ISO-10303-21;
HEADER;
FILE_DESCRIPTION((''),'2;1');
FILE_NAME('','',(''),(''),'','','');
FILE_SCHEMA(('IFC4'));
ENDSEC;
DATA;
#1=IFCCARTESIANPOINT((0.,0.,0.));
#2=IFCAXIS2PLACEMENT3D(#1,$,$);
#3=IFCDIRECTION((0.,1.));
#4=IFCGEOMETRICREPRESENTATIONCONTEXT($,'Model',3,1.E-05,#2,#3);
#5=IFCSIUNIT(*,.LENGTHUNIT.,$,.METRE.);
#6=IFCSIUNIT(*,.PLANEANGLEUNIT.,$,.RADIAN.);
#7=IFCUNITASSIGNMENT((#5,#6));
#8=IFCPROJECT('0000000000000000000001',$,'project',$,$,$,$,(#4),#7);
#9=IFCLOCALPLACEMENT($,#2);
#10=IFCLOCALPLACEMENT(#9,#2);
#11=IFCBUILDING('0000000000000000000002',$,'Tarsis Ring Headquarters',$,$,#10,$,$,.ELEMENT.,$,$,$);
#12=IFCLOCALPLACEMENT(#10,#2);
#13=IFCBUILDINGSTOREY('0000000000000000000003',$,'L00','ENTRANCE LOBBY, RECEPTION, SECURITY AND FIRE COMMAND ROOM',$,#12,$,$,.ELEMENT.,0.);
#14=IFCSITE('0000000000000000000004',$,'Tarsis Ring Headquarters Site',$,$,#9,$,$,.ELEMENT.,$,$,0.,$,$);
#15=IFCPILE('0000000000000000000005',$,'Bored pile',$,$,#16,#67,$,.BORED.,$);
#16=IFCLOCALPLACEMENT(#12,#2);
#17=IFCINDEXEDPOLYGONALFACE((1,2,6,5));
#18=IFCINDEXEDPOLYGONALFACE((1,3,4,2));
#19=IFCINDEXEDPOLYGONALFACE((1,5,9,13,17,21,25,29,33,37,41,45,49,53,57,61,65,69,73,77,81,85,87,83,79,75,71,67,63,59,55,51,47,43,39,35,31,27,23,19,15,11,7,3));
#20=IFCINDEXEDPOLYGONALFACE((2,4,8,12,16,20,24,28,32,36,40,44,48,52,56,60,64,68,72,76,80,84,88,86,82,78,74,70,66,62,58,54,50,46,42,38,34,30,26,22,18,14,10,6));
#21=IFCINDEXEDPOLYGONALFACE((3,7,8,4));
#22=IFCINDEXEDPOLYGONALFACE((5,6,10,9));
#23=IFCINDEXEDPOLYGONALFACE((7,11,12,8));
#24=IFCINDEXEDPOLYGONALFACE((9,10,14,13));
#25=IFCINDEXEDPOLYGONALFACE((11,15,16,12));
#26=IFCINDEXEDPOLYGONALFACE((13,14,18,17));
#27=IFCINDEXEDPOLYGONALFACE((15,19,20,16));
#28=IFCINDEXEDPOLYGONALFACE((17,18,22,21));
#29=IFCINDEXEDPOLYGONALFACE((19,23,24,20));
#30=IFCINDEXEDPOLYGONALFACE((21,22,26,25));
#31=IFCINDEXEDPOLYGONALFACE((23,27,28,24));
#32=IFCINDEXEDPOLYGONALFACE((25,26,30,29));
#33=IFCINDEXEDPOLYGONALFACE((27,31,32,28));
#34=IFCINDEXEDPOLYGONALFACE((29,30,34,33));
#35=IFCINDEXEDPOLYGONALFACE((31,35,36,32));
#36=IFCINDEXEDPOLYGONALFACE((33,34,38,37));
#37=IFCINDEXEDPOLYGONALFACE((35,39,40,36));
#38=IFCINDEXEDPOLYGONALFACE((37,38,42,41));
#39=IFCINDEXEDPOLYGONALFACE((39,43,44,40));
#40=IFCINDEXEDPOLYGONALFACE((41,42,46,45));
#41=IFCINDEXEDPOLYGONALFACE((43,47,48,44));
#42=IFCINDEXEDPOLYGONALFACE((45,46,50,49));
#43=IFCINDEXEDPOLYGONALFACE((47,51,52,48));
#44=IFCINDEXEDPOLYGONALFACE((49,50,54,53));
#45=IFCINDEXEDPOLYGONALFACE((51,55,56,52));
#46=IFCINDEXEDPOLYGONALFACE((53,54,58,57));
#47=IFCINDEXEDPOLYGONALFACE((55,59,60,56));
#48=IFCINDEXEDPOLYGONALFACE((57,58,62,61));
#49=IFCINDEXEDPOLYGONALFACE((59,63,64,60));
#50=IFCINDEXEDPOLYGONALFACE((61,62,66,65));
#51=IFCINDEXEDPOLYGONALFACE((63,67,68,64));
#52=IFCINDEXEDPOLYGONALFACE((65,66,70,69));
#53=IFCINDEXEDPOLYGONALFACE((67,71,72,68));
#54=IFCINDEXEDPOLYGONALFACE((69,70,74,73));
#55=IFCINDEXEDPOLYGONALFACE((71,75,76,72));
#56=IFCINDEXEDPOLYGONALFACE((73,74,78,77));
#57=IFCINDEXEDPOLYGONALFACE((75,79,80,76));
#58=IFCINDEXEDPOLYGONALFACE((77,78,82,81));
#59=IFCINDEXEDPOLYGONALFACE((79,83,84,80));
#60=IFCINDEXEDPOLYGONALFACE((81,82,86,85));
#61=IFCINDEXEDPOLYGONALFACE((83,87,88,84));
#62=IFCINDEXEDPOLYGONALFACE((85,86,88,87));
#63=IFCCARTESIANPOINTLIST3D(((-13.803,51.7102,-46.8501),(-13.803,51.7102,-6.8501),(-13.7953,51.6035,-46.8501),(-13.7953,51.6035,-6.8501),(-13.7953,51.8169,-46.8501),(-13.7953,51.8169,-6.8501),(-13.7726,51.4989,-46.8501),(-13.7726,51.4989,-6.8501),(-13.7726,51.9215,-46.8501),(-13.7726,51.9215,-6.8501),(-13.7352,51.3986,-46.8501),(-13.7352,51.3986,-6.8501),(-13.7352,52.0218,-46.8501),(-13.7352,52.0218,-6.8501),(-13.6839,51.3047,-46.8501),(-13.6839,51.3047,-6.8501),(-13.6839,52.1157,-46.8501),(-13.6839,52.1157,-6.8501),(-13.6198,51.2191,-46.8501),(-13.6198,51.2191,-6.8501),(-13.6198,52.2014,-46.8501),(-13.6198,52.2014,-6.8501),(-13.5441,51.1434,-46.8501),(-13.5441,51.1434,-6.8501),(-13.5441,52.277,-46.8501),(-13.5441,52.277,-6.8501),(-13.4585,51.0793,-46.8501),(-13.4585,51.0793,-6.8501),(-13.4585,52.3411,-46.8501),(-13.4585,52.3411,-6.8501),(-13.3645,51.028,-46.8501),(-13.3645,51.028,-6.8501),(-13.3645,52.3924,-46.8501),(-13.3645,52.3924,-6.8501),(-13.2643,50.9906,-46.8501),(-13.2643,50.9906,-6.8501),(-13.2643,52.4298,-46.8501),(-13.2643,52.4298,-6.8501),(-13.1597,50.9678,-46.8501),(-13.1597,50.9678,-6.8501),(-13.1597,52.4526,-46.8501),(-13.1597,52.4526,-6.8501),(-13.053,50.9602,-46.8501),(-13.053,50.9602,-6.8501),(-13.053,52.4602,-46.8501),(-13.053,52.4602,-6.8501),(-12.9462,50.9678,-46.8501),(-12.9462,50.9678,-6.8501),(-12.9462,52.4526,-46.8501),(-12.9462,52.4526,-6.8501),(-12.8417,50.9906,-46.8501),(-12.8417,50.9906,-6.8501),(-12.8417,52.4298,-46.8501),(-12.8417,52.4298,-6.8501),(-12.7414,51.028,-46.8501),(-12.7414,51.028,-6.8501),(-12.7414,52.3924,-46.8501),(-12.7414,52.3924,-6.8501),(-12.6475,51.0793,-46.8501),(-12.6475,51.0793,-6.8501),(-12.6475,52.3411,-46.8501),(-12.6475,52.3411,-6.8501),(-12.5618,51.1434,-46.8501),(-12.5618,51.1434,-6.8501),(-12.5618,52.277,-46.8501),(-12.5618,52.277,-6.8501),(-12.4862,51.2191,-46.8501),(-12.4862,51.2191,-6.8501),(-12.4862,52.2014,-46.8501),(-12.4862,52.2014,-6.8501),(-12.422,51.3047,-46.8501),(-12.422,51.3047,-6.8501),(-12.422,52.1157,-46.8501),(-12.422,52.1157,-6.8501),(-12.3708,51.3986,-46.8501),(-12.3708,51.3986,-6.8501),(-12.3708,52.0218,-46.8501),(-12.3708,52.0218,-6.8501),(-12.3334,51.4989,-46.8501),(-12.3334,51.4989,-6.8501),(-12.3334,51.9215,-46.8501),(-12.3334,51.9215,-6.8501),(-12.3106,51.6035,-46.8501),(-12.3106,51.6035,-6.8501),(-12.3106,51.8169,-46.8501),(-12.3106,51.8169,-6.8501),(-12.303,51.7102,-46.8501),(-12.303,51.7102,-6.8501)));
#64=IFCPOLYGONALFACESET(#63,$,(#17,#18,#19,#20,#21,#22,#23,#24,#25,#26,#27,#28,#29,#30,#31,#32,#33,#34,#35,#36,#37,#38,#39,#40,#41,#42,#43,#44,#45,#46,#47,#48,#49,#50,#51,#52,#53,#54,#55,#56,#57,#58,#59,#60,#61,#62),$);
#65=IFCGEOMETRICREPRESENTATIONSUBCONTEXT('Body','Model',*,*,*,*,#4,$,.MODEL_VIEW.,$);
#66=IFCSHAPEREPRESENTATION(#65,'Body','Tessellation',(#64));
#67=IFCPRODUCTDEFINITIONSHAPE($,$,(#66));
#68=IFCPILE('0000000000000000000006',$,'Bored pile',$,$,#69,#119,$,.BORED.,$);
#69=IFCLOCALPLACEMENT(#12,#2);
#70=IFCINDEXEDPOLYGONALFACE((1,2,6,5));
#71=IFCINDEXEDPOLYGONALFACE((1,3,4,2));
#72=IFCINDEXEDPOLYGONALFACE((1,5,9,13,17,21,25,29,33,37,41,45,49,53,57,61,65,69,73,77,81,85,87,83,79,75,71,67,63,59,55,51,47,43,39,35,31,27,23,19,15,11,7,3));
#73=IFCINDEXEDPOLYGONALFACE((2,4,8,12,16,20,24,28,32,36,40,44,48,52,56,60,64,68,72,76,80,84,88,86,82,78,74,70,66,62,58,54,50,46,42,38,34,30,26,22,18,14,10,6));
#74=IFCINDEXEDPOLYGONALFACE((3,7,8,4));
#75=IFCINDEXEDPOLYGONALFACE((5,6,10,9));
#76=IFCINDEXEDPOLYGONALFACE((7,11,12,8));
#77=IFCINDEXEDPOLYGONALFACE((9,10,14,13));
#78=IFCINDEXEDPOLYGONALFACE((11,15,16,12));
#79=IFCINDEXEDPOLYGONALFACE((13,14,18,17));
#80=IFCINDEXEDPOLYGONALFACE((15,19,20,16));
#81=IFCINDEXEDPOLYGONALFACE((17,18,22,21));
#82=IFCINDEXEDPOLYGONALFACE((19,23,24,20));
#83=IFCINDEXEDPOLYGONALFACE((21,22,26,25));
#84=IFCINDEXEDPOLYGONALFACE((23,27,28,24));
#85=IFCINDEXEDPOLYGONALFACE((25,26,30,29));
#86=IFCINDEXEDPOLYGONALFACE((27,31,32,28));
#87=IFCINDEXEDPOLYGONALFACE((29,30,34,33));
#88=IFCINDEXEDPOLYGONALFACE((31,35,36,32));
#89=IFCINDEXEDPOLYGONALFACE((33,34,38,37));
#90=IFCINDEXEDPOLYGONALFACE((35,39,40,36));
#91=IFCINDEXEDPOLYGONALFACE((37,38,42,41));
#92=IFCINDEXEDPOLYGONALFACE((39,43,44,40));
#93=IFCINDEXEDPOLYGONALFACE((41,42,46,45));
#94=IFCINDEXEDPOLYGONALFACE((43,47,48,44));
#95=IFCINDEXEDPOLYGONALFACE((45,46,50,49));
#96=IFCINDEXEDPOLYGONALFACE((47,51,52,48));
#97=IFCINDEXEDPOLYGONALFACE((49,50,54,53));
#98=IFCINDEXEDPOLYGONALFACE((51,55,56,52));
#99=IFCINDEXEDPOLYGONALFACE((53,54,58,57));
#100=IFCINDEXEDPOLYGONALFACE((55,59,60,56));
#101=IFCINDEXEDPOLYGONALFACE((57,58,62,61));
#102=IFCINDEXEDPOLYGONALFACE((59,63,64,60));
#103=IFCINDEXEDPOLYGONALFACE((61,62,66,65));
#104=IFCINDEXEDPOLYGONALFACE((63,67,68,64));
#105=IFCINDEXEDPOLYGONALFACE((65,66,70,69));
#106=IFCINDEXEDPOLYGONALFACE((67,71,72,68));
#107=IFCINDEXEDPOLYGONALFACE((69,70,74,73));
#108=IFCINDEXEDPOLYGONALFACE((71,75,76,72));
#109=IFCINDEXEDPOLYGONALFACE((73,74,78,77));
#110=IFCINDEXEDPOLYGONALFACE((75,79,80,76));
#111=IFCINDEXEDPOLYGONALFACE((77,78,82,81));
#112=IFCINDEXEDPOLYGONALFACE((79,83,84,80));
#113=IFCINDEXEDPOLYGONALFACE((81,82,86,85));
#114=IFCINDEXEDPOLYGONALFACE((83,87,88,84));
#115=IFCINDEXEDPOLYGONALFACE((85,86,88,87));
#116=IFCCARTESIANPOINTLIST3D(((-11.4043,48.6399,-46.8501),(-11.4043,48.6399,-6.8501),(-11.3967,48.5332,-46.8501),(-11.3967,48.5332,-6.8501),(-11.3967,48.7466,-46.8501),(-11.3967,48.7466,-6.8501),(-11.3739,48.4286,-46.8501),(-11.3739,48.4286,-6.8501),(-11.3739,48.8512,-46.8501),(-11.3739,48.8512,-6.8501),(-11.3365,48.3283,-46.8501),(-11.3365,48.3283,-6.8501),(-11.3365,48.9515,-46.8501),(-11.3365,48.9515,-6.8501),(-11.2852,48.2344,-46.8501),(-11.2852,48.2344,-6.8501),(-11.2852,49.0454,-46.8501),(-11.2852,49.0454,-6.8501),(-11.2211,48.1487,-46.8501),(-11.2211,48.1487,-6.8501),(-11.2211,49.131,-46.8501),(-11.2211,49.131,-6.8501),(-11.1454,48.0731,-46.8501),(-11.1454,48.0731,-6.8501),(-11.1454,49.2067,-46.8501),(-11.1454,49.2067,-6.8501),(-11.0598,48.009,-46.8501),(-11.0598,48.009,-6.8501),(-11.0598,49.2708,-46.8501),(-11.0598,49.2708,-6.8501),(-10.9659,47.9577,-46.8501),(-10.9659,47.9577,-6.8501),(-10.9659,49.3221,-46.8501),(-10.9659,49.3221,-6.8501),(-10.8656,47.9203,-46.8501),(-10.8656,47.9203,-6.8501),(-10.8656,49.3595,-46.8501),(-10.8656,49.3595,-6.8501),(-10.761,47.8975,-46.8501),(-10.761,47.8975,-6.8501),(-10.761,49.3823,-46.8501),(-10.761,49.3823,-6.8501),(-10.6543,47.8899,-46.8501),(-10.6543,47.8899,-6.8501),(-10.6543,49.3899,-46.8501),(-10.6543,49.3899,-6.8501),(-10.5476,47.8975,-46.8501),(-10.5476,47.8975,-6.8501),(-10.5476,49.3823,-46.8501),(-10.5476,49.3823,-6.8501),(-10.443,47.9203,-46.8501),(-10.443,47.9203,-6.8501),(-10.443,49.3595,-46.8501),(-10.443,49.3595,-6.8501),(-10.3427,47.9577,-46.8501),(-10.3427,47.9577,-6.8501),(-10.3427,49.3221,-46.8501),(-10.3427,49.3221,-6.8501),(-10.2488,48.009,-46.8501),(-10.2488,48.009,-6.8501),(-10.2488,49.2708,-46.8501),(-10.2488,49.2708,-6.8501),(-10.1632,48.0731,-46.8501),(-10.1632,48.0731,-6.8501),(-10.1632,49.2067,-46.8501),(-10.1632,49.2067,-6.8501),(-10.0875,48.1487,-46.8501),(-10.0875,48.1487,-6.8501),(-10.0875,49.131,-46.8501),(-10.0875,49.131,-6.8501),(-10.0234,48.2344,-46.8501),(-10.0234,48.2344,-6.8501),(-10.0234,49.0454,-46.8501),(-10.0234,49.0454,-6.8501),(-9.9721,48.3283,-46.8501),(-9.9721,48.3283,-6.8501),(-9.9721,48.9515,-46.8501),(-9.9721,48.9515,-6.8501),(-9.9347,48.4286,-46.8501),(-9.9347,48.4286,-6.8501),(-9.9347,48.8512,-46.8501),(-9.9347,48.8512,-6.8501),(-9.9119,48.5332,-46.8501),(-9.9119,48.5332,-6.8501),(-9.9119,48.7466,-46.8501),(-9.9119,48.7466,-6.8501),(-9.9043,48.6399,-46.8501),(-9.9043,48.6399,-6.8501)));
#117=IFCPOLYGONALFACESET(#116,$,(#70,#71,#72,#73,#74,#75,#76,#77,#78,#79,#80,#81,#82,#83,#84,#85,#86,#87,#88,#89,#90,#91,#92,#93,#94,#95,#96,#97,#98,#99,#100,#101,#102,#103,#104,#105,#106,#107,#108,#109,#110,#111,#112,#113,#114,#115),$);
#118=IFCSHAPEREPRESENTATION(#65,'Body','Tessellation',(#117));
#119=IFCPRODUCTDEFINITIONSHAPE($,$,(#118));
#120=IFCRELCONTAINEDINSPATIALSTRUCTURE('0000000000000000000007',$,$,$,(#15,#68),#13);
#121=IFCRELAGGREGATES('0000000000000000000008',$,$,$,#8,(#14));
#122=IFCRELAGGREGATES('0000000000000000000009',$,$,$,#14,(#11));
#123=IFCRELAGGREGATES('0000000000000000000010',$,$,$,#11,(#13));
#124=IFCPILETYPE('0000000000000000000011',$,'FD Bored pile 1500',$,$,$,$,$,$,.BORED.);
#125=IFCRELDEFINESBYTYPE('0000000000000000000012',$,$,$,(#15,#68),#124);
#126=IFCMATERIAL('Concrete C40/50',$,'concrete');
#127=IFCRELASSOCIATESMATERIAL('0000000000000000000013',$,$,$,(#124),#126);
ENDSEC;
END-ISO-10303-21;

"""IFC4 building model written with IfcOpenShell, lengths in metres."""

from ifc_helpers import new_model, si_unit, direction, frame, origin, origin_2d, place, context, subcontext, project, spatial, circle, extrude, material, material_profile, profile_set, type_object, element, save


model = new_model("IFC4")

# Units and contexts
model_context = context("Model", 3, precision=1e-05, world=origin(), true_north=direction((0.0, 1.0)))
body_context = subcontext(model_context, "Body", "Model", "MODEL_VIEW")
ifc_project = project(units=[si_unit("LENGTHUNIT", "METRE"), si_unit("PLANEANGLEUNIT", "RADIAN")], contexts=[model_context])

# Site, building, storey
site_placement = place(None, origin())
site = spatial("IfcSite", under=ifc_project, at=site_placement, Name="Tarsis Ring Headquarters Site", CompositionType="ELEMENT", RefElevation=0.0)
building_placement = place(site_placement, origin())
building = spatial("IfcBuilding", under=site, at=building_placement, Name="Tarsis Ring Headquarters", CompositionType="ELEMENT")
storey_placement = place(building_placement, origin())
storey = spatial("IfcBuildingStorey", under=building, at=storey_placement, Name="L00", Description="ENTRANCE LOBBY, RECEPTION, SECURITY AND FIRE COMMAND ROOM", CompositionType="ELEMENT", Elevation=0.0)

# Piles
ifc_material_1 = material(Name="Concrete C40/50", Category="concrete")
ifc_material_profile = material_profile(ifc_material_1, circle(Radius=0.75, at=origin_2d()), Name="BORED 1500")
ifc_profile_set = profile_set([ifc_material_profile], Name="Concrete C40/50")
pile_type = type_object("IfcPileType", Name="FD Bored pile 1500", PredefinedType="BORED", material=ifc_profile_set)
for number, where, z_axis, x_axis, name in (
    (1, (-13.053, 51.7102, -6.8501), (0.0, 0.0, -1.0), (1.0, 0.0, 0.0), "Bored pile"),
    (2, (-10.6543, 48.6399, -6.8501), (0.0, 0.0, -1.0), (1.0, 0.0, 0.0), "Bored pile"),
):
    element("IfcPile", number, at=place(storey_placement, frame(where, z_axis=z_axis, x_axis=x_axis)), inside=storey, type_object=pile_type, Name=name, PredefinedType="BORED", context=body_context, shape_type="SweptSolid", body=[
        extrude(circle(Radius=0.75, at=origin_2d()), origin(), (0.0, 0.0, 1.0), 40.0),
    ])

save(model, "model.ifc")
